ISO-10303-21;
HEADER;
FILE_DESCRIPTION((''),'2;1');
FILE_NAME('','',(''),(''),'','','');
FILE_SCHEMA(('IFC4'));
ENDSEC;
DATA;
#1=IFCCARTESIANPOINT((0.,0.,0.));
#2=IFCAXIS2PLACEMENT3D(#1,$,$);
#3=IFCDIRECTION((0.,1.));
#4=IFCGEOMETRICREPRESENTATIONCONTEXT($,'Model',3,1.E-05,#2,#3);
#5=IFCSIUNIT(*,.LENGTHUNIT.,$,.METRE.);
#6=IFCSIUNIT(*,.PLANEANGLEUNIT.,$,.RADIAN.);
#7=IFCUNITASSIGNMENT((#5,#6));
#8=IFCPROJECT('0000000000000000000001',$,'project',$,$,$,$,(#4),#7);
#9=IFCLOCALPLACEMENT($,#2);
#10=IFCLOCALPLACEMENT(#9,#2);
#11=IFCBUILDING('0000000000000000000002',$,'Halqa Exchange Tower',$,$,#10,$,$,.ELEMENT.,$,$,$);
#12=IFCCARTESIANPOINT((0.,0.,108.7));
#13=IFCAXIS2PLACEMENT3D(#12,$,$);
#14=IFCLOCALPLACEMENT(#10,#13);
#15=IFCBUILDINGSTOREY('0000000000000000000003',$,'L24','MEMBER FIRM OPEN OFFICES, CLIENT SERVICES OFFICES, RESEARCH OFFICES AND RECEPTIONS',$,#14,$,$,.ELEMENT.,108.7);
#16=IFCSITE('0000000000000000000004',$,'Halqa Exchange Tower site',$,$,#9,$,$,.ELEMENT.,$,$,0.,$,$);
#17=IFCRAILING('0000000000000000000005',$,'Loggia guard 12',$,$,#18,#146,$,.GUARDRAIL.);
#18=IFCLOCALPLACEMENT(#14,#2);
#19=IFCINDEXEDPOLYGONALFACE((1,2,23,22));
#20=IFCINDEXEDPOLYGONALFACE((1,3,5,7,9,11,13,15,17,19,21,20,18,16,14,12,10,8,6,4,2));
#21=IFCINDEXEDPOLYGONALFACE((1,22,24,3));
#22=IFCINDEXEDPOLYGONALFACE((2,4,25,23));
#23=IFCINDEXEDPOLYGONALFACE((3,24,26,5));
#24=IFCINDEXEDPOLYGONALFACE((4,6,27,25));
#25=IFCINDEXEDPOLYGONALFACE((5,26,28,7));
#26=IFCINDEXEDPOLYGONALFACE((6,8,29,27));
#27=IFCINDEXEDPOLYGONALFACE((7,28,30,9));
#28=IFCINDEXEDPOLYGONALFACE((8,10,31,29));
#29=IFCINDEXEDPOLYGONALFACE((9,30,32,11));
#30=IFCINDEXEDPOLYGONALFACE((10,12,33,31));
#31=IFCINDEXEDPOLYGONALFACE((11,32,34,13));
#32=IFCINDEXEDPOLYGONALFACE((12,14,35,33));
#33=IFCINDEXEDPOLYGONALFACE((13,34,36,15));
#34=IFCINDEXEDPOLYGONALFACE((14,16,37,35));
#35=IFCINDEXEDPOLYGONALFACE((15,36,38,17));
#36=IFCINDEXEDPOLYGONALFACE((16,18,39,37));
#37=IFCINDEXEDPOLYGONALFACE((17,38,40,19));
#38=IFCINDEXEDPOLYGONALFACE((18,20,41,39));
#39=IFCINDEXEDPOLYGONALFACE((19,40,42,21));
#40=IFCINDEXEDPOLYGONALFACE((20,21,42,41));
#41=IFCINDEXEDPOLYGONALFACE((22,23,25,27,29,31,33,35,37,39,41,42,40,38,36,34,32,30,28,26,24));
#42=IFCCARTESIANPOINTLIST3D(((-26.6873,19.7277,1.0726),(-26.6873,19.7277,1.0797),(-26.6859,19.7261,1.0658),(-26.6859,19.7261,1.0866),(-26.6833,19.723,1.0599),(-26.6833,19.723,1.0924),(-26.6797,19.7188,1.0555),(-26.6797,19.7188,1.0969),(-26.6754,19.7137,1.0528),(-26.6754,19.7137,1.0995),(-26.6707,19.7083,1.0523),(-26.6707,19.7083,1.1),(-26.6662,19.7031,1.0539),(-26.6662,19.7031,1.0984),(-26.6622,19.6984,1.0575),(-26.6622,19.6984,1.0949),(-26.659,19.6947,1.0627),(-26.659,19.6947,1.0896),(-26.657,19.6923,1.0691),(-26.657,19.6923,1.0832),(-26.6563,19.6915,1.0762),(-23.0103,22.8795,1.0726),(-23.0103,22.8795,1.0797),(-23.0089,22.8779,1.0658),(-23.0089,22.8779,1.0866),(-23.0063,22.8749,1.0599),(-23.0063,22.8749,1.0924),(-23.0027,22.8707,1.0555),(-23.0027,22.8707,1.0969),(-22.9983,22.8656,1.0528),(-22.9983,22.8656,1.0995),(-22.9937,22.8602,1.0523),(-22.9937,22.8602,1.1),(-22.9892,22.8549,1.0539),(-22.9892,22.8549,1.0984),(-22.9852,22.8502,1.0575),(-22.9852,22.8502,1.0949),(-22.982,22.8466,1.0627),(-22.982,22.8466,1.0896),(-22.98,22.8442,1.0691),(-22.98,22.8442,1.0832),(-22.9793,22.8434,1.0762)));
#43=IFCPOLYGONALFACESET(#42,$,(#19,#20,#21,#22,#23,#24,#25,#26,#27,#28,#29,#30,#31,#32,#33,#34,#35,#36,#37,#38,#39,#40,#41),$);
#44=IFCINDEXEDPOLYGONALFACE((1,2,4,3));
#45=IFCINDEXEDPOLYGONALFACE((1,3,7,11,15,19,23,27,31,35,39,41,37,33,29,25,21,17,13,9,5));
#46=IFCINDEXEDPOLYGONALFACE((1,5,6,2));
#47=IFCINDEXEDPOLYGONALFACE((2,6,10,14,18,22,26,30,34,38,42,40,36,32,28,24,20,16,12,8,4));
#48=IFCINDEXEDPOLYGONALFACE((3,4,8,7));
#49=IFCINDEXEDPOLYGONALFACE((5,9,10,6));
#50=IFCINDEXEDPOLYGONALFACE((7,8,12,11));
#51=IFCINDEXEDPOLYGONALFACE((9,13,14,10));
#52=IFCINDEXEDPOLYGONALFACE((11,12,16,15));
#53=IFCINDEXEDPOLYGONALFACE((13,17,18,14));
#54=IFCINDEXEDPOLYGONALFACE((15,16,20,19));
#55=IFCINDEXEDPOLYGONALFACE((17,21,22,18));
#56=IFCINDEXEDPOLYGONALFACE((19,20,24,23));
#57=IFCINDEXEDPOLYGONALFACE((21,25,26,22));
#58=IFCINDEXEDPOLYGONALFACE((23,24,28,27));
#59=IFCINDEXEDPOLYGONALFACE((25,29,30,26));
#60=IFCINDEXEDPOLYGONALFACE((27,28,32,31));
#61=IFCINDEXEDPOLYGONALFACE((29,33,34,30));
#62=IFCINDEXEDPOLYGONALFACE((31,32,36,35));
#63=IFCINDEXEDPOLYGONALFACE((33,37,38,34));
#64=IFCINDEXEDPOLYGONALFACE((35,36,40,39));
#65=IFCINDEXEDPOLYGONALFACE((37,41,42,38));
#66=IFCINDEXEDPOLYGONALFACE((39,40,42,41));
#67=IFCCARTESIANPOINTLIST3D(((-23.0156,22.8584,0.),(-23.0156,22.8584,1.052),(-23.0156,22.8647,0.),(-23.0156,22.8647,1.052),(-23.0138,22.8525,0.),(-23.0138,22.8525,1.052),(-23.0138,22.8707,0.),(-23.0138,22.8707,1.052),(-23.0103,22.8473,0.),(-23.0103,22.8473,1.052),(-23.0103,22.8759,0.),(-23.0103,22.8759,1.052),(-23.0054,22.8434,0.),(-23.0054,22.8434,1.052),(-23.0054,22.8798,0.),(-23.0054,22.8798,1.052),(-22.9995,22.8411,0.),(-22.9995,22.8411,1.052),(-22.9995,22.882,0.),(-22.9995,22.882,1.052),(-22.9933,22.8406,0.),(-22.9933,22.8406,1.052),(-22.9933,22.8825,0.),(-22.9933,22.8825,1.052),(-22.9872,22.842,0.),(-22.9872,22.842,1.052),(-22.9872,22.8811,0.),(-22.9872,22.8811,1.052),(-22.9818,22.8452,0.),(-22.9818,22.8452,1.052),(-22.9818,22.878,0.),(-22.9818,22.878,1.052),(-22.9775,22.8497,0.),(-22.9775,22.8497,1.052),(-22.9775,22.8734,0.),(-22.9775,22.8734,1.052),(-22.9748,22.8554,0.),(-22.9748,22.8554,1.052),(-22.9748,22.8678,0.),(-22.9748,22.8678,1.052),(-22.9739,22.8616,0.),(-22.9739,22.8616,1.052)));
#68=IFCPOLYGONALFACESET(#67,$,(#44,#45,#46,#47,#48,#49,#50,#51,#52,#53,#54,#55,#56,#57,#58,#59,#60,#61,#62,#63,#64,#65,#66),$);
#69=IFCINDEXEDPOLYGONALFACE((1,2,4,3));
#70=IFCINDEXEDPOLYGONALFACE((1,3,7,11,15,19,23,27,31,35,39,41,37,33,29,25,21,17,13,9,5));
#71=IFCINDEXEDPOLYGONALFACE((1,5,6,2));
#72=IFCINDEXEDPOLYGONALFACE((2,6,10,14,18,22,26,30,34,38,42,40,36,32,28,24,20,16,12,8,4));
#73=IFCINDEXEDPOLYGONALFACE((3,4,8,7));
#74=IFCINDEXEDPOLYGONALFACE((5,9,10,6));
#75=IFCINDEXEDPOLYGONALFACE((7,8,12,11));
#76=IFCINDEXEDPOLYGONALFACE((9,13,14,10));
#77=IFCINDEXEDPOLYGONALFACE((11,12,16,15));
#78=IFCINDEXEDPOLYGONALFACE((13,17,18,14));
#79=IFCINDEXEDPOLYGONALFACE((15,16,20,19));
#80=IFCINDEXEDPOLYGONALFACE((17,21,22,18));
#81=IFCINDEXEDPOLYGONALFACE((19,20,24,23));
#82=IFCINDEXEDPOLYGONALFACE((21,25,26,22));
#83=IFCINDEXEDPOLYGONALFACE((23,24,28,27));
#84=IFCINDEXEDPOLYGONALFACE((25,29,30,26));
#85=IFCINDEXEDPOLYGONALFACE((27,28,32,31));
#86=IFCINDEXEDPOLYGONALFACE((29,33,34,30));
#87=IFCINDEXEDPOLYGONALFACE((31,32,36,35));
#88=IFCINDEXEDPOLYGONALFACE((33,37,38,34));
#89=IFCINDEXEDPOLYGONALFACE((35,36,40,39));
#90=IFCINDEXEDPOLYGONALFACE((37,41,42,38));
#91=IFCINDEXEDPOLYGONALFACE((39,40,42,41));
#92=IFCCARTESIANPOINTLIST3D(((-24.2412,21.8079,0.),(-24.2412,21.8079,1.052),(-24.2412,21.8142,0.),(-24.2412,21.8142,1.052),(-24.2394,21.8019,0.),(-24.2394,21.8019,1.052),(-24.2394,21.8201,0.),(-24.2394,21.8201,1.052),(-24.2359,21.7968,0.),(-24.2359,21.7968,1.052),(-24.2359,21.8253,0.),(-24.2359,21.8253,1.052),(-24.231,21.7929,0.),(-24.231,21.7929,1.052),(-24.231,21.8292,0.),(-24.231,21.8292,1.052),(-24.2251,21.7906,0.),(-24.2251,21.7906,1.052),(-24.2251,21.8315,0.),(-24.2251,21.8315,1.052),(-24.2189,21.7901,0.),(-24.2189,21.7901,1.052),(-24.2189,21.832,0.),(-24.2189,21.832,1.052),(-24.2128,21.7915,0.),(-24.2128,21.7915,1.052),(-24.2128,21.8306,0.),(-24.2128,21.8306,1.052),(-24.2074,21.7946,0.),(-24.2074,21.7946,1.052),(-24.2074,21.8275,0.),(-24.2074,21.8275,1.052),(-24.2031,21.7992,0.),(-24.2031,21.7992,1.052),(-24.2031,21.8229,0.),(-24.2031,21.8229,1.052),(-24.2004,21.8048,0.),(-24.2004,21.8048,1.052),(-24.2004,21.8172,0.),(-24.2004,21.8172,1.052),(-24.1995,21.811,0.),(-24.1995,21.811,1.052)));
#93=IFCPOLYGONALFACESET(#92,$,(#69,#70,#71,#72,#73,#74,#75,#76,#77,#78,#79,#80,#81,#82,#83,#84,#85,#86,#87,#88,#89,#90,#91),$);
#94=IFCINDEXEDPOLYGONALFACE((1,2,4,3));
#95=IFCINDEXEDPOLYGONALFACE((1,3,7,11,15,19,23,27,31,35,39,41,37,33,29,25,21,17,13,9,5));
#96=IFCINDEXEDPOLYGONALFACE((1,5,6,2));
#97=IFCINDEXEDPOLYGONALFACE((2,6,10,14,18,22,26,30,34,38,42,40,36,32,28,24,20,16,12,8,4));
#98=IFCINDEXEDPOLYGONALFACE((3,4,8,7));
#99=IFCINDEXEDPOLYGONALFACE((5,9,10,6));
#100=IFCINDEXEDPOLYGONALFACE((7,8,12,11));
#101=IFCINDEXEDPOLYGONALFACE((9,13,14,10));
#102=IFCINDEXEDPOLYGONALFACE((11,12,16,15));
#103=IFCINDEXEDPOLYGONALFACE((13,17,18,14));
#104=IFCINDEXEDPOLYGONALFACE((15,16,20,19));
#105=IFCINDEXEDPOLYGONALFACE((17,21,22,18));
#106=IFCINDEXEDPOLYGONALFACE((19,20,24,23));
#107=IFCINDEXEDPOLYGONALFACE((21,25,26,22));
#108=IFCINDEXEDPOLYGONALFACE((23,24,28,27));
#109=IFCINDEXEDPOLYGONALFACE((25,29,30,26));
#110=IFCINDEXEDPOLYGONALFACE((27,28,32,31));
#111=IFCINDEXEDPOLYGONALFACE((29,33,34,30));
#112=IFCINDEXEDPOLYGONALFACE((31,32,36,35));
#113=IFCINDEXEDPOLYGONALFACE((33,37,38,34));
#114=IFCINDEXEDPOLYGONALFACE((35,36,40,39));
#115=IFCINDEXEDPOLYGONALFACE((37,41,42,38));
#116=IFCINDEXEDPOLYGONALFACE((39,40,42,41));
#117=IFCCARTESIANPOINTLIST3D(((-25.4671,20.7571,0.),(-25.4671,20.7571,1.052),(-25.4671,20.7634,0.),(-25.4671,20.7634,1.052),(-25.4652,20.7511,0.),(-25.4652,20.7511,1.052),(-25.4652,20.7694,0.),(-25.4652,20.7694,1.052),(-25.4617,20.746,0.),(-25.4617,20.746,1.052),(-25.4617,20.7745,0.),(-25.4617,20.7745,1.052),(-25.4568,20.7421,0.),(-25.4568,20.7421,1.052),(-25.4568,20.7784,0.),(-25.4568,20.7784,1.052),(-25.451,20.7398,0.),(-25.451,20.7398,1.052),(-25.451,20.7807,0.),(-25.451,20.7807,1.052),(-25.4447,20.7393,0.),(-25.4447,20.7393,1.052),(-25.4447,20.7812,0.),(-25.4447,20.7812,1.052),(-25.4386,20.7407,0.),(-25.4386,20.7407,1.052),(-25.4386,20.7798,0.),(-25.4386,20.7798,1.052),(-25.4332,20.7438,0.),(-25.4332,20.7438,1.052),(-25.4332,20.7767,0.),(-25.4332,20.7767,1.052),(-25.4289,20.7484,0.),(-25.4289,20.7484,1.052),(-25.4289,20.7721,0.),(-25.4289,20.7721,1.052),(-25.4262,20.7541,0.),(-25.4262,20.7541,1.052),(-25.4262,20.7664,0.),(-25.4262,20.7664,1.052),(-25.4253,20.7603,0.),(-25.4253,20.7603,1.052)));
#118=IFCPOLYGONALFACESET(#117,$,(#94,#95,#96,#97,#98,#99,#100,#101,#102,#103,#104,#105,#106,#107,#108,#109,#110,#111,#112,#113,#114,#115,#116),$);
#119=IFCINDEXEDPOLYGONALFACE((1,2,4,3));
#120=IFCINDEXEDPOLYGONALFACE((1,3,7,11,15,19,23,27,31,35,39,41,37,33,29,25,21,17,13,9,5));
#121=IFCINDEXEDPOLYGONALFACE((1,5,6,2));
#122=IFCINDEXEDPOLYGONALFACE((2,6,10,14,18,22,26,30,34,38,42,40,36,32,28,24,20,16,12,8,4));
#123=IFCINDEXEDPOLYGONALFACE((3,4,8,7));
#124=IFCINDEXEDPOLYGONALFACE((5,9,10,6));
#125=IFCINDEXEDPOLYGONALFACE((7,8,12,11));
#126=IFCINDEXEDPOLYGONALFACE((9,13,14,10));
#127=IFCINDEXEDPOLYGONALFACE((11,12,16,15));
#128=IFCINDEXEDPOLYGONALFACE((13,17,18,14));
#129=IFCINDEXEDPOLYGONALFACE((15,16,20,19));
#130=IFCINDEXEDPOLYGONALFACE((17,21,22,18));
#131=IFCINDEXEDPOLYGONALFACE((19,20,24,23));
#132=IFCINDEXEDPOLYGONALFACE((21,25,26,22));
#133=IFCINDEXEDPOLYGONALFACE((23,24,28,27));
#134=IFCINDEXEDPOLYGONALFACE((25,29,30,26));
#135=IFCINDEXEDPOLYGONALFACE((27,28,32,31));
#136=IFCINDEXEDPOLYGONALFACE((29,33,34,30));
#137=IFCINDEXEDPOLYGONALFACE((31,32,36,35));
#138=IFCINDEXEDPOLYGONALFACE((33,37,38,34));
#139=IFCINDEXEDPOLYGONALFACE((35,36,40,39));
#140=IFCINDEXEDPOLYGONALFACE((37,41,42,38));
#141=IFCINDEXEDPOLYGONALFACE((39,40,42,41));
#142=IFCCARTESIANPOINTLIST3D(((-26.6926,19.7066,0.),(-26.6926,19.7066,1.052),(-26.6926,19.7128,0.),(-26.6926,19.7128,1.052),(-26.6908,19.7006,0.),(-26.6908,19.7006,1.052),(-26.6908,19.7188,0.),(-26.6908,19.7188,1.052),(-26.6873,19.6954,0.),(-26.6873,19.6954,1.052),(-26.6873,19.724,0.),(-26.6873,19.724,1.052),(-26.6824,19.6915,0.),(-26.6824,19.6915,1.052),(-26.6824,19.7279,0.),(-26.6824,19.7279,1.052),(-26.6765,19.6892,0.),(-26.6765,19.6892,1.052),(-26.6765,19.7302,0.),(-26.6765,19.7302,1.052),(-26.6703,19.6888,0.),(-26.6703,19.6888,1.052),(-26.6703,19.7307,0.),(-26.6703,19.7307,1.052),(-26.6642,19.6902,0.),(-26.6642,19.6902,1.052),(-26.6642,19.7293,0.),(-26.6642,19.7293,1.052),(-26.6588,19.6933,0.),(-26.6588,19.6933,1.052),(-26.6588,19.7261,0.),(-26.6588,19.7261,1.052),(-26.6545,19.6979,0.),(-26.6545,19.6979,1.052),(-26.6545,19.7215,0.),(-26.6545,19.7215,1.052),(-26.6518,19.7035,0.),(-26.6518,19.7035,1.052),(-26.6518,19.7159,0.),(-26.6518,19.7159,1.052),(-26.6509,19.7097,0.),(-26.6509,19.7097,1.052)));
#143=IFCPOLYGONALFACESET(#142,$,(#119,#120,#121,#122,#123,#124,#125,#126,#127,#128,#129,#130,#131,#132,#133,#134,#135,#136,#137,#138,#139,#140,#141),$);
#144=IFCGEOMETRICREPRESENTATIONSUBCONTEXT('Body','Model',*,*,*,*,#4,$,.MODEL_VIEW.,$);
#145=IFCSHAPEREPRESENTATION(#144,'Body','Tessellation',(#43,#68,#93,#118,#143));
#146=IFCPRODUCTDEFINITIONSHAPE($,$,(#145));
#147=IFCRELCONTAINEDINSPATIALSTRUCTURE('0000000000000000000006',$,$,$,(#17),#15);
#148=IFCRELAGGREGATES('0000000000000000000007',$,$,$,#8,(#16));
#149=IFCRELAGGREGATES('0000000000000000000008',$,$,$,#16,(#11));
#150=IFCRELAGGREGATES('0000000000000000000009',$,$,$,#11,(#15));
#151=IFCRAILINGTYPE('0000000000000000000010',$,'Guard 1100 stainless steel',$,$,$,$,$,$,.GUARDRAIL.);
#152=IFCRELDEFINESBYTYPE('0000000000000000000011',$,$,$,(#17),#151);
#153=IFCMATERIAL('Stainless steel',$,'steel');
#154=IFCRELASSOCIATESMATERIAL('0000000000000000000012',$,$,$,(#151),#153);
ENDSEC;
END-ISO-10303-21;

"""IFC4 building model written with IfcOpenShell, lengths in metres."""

from ifc_helpers import new_model, si_unit, direction, frame, origin, origin_2d, place, context, subcontext, project, spatial, circle, extrude, material, type_object, element, save


model = new_model("IFC4")

# Units and contexts
model_context = context("Model", 3, precision=1e-05, world=origin(), true_north=direction((0.0, 1.0)))
body_context = subcontext(model_context, "Body", "Model", "MODEL_VIEW")
ifc_project = project(units=[si_unit("LENGTHUNIT", "METRE"), si_unit("PLANEANGLEUNIT", "RADIAN")], contexts=[model_context])

# Site, building, storey
site_placement = place(None, origin())
site = spatial("IfcSite", under=ifc_project, at=site_placement, Name="Halqa Exchange Tower site", CompositionType="ELEMENT", RefElevation=0.0)
building_placement = place(site_placement, origin())
building = spatial("IfcBuilding", under=site, at=building_placement, Name="Halqa Exchange Tower", CompositionType="ELEMENT")
storey_placement = place(building_placement, frame((0.0, 0.0, 108.7)))
storey = spatial("IfcBuildingStorey", under=building, at=storey_placement, Name="L24", Description="MEMBER FIRM OPEN OFFICES, CLIENT SERVICES OFFICES, RESEARCH OFFICES AND RECEPTIONS", CompositionType="ELEMENT", Elevation=108.7)

# Railing
ifc_material_1 = material(Name="Stainless steel", Category="steel")
railing_type = type_object("IfcRailingType", Name="Guard 1100 stainless steel", PredefinedType="GUARDRAIL", material=ifc_material_1)
railing_1_placement = place(storey_placement, frame((-22.9949, 22.8616, 0.0)))
element("IfcRailing", 1, at=railing_1_placement, inside=storey, type_object=railing_type, Name="Loggia guard 12", PredefinedType="GUARDRAIL", context=body_context, shape_type="SweptSolid", body=[
    extrude(circle(Radius=0.0239, at=origin_2d()), frame((0.0, 0.0, 1.0762), z_axis=(-0.759242, -0.650808, 0.0), x_axis=(0.650808, -0.759242, 0.0)), (0.0, 0.0, 1.0), 4.843),
    extrude(circle(Radius=0.021, at=origin_2d()), origin(), (0.0, 0.0, 1.0), 1.052),
    extrude(circle(Radius=0.021, at=origin_2d()), frame((-1.2256, -1.0505, 0.0)), (0.0, 0.0, 1.0), 1.052),
    extrude(circle(Radius=0.021, at=origin_2d()), frame((-2.4514, -2.1013, 0.0)), (0.0, 0.0, 1.0), 1.052),
    extrude(circle(Radius=0.021, at=origin_2d()), frame((-3.677, -3.1519, 0.0)), (0.0, 0.0, 1.0), 1.052),
])

save(model, "model.ifc")
